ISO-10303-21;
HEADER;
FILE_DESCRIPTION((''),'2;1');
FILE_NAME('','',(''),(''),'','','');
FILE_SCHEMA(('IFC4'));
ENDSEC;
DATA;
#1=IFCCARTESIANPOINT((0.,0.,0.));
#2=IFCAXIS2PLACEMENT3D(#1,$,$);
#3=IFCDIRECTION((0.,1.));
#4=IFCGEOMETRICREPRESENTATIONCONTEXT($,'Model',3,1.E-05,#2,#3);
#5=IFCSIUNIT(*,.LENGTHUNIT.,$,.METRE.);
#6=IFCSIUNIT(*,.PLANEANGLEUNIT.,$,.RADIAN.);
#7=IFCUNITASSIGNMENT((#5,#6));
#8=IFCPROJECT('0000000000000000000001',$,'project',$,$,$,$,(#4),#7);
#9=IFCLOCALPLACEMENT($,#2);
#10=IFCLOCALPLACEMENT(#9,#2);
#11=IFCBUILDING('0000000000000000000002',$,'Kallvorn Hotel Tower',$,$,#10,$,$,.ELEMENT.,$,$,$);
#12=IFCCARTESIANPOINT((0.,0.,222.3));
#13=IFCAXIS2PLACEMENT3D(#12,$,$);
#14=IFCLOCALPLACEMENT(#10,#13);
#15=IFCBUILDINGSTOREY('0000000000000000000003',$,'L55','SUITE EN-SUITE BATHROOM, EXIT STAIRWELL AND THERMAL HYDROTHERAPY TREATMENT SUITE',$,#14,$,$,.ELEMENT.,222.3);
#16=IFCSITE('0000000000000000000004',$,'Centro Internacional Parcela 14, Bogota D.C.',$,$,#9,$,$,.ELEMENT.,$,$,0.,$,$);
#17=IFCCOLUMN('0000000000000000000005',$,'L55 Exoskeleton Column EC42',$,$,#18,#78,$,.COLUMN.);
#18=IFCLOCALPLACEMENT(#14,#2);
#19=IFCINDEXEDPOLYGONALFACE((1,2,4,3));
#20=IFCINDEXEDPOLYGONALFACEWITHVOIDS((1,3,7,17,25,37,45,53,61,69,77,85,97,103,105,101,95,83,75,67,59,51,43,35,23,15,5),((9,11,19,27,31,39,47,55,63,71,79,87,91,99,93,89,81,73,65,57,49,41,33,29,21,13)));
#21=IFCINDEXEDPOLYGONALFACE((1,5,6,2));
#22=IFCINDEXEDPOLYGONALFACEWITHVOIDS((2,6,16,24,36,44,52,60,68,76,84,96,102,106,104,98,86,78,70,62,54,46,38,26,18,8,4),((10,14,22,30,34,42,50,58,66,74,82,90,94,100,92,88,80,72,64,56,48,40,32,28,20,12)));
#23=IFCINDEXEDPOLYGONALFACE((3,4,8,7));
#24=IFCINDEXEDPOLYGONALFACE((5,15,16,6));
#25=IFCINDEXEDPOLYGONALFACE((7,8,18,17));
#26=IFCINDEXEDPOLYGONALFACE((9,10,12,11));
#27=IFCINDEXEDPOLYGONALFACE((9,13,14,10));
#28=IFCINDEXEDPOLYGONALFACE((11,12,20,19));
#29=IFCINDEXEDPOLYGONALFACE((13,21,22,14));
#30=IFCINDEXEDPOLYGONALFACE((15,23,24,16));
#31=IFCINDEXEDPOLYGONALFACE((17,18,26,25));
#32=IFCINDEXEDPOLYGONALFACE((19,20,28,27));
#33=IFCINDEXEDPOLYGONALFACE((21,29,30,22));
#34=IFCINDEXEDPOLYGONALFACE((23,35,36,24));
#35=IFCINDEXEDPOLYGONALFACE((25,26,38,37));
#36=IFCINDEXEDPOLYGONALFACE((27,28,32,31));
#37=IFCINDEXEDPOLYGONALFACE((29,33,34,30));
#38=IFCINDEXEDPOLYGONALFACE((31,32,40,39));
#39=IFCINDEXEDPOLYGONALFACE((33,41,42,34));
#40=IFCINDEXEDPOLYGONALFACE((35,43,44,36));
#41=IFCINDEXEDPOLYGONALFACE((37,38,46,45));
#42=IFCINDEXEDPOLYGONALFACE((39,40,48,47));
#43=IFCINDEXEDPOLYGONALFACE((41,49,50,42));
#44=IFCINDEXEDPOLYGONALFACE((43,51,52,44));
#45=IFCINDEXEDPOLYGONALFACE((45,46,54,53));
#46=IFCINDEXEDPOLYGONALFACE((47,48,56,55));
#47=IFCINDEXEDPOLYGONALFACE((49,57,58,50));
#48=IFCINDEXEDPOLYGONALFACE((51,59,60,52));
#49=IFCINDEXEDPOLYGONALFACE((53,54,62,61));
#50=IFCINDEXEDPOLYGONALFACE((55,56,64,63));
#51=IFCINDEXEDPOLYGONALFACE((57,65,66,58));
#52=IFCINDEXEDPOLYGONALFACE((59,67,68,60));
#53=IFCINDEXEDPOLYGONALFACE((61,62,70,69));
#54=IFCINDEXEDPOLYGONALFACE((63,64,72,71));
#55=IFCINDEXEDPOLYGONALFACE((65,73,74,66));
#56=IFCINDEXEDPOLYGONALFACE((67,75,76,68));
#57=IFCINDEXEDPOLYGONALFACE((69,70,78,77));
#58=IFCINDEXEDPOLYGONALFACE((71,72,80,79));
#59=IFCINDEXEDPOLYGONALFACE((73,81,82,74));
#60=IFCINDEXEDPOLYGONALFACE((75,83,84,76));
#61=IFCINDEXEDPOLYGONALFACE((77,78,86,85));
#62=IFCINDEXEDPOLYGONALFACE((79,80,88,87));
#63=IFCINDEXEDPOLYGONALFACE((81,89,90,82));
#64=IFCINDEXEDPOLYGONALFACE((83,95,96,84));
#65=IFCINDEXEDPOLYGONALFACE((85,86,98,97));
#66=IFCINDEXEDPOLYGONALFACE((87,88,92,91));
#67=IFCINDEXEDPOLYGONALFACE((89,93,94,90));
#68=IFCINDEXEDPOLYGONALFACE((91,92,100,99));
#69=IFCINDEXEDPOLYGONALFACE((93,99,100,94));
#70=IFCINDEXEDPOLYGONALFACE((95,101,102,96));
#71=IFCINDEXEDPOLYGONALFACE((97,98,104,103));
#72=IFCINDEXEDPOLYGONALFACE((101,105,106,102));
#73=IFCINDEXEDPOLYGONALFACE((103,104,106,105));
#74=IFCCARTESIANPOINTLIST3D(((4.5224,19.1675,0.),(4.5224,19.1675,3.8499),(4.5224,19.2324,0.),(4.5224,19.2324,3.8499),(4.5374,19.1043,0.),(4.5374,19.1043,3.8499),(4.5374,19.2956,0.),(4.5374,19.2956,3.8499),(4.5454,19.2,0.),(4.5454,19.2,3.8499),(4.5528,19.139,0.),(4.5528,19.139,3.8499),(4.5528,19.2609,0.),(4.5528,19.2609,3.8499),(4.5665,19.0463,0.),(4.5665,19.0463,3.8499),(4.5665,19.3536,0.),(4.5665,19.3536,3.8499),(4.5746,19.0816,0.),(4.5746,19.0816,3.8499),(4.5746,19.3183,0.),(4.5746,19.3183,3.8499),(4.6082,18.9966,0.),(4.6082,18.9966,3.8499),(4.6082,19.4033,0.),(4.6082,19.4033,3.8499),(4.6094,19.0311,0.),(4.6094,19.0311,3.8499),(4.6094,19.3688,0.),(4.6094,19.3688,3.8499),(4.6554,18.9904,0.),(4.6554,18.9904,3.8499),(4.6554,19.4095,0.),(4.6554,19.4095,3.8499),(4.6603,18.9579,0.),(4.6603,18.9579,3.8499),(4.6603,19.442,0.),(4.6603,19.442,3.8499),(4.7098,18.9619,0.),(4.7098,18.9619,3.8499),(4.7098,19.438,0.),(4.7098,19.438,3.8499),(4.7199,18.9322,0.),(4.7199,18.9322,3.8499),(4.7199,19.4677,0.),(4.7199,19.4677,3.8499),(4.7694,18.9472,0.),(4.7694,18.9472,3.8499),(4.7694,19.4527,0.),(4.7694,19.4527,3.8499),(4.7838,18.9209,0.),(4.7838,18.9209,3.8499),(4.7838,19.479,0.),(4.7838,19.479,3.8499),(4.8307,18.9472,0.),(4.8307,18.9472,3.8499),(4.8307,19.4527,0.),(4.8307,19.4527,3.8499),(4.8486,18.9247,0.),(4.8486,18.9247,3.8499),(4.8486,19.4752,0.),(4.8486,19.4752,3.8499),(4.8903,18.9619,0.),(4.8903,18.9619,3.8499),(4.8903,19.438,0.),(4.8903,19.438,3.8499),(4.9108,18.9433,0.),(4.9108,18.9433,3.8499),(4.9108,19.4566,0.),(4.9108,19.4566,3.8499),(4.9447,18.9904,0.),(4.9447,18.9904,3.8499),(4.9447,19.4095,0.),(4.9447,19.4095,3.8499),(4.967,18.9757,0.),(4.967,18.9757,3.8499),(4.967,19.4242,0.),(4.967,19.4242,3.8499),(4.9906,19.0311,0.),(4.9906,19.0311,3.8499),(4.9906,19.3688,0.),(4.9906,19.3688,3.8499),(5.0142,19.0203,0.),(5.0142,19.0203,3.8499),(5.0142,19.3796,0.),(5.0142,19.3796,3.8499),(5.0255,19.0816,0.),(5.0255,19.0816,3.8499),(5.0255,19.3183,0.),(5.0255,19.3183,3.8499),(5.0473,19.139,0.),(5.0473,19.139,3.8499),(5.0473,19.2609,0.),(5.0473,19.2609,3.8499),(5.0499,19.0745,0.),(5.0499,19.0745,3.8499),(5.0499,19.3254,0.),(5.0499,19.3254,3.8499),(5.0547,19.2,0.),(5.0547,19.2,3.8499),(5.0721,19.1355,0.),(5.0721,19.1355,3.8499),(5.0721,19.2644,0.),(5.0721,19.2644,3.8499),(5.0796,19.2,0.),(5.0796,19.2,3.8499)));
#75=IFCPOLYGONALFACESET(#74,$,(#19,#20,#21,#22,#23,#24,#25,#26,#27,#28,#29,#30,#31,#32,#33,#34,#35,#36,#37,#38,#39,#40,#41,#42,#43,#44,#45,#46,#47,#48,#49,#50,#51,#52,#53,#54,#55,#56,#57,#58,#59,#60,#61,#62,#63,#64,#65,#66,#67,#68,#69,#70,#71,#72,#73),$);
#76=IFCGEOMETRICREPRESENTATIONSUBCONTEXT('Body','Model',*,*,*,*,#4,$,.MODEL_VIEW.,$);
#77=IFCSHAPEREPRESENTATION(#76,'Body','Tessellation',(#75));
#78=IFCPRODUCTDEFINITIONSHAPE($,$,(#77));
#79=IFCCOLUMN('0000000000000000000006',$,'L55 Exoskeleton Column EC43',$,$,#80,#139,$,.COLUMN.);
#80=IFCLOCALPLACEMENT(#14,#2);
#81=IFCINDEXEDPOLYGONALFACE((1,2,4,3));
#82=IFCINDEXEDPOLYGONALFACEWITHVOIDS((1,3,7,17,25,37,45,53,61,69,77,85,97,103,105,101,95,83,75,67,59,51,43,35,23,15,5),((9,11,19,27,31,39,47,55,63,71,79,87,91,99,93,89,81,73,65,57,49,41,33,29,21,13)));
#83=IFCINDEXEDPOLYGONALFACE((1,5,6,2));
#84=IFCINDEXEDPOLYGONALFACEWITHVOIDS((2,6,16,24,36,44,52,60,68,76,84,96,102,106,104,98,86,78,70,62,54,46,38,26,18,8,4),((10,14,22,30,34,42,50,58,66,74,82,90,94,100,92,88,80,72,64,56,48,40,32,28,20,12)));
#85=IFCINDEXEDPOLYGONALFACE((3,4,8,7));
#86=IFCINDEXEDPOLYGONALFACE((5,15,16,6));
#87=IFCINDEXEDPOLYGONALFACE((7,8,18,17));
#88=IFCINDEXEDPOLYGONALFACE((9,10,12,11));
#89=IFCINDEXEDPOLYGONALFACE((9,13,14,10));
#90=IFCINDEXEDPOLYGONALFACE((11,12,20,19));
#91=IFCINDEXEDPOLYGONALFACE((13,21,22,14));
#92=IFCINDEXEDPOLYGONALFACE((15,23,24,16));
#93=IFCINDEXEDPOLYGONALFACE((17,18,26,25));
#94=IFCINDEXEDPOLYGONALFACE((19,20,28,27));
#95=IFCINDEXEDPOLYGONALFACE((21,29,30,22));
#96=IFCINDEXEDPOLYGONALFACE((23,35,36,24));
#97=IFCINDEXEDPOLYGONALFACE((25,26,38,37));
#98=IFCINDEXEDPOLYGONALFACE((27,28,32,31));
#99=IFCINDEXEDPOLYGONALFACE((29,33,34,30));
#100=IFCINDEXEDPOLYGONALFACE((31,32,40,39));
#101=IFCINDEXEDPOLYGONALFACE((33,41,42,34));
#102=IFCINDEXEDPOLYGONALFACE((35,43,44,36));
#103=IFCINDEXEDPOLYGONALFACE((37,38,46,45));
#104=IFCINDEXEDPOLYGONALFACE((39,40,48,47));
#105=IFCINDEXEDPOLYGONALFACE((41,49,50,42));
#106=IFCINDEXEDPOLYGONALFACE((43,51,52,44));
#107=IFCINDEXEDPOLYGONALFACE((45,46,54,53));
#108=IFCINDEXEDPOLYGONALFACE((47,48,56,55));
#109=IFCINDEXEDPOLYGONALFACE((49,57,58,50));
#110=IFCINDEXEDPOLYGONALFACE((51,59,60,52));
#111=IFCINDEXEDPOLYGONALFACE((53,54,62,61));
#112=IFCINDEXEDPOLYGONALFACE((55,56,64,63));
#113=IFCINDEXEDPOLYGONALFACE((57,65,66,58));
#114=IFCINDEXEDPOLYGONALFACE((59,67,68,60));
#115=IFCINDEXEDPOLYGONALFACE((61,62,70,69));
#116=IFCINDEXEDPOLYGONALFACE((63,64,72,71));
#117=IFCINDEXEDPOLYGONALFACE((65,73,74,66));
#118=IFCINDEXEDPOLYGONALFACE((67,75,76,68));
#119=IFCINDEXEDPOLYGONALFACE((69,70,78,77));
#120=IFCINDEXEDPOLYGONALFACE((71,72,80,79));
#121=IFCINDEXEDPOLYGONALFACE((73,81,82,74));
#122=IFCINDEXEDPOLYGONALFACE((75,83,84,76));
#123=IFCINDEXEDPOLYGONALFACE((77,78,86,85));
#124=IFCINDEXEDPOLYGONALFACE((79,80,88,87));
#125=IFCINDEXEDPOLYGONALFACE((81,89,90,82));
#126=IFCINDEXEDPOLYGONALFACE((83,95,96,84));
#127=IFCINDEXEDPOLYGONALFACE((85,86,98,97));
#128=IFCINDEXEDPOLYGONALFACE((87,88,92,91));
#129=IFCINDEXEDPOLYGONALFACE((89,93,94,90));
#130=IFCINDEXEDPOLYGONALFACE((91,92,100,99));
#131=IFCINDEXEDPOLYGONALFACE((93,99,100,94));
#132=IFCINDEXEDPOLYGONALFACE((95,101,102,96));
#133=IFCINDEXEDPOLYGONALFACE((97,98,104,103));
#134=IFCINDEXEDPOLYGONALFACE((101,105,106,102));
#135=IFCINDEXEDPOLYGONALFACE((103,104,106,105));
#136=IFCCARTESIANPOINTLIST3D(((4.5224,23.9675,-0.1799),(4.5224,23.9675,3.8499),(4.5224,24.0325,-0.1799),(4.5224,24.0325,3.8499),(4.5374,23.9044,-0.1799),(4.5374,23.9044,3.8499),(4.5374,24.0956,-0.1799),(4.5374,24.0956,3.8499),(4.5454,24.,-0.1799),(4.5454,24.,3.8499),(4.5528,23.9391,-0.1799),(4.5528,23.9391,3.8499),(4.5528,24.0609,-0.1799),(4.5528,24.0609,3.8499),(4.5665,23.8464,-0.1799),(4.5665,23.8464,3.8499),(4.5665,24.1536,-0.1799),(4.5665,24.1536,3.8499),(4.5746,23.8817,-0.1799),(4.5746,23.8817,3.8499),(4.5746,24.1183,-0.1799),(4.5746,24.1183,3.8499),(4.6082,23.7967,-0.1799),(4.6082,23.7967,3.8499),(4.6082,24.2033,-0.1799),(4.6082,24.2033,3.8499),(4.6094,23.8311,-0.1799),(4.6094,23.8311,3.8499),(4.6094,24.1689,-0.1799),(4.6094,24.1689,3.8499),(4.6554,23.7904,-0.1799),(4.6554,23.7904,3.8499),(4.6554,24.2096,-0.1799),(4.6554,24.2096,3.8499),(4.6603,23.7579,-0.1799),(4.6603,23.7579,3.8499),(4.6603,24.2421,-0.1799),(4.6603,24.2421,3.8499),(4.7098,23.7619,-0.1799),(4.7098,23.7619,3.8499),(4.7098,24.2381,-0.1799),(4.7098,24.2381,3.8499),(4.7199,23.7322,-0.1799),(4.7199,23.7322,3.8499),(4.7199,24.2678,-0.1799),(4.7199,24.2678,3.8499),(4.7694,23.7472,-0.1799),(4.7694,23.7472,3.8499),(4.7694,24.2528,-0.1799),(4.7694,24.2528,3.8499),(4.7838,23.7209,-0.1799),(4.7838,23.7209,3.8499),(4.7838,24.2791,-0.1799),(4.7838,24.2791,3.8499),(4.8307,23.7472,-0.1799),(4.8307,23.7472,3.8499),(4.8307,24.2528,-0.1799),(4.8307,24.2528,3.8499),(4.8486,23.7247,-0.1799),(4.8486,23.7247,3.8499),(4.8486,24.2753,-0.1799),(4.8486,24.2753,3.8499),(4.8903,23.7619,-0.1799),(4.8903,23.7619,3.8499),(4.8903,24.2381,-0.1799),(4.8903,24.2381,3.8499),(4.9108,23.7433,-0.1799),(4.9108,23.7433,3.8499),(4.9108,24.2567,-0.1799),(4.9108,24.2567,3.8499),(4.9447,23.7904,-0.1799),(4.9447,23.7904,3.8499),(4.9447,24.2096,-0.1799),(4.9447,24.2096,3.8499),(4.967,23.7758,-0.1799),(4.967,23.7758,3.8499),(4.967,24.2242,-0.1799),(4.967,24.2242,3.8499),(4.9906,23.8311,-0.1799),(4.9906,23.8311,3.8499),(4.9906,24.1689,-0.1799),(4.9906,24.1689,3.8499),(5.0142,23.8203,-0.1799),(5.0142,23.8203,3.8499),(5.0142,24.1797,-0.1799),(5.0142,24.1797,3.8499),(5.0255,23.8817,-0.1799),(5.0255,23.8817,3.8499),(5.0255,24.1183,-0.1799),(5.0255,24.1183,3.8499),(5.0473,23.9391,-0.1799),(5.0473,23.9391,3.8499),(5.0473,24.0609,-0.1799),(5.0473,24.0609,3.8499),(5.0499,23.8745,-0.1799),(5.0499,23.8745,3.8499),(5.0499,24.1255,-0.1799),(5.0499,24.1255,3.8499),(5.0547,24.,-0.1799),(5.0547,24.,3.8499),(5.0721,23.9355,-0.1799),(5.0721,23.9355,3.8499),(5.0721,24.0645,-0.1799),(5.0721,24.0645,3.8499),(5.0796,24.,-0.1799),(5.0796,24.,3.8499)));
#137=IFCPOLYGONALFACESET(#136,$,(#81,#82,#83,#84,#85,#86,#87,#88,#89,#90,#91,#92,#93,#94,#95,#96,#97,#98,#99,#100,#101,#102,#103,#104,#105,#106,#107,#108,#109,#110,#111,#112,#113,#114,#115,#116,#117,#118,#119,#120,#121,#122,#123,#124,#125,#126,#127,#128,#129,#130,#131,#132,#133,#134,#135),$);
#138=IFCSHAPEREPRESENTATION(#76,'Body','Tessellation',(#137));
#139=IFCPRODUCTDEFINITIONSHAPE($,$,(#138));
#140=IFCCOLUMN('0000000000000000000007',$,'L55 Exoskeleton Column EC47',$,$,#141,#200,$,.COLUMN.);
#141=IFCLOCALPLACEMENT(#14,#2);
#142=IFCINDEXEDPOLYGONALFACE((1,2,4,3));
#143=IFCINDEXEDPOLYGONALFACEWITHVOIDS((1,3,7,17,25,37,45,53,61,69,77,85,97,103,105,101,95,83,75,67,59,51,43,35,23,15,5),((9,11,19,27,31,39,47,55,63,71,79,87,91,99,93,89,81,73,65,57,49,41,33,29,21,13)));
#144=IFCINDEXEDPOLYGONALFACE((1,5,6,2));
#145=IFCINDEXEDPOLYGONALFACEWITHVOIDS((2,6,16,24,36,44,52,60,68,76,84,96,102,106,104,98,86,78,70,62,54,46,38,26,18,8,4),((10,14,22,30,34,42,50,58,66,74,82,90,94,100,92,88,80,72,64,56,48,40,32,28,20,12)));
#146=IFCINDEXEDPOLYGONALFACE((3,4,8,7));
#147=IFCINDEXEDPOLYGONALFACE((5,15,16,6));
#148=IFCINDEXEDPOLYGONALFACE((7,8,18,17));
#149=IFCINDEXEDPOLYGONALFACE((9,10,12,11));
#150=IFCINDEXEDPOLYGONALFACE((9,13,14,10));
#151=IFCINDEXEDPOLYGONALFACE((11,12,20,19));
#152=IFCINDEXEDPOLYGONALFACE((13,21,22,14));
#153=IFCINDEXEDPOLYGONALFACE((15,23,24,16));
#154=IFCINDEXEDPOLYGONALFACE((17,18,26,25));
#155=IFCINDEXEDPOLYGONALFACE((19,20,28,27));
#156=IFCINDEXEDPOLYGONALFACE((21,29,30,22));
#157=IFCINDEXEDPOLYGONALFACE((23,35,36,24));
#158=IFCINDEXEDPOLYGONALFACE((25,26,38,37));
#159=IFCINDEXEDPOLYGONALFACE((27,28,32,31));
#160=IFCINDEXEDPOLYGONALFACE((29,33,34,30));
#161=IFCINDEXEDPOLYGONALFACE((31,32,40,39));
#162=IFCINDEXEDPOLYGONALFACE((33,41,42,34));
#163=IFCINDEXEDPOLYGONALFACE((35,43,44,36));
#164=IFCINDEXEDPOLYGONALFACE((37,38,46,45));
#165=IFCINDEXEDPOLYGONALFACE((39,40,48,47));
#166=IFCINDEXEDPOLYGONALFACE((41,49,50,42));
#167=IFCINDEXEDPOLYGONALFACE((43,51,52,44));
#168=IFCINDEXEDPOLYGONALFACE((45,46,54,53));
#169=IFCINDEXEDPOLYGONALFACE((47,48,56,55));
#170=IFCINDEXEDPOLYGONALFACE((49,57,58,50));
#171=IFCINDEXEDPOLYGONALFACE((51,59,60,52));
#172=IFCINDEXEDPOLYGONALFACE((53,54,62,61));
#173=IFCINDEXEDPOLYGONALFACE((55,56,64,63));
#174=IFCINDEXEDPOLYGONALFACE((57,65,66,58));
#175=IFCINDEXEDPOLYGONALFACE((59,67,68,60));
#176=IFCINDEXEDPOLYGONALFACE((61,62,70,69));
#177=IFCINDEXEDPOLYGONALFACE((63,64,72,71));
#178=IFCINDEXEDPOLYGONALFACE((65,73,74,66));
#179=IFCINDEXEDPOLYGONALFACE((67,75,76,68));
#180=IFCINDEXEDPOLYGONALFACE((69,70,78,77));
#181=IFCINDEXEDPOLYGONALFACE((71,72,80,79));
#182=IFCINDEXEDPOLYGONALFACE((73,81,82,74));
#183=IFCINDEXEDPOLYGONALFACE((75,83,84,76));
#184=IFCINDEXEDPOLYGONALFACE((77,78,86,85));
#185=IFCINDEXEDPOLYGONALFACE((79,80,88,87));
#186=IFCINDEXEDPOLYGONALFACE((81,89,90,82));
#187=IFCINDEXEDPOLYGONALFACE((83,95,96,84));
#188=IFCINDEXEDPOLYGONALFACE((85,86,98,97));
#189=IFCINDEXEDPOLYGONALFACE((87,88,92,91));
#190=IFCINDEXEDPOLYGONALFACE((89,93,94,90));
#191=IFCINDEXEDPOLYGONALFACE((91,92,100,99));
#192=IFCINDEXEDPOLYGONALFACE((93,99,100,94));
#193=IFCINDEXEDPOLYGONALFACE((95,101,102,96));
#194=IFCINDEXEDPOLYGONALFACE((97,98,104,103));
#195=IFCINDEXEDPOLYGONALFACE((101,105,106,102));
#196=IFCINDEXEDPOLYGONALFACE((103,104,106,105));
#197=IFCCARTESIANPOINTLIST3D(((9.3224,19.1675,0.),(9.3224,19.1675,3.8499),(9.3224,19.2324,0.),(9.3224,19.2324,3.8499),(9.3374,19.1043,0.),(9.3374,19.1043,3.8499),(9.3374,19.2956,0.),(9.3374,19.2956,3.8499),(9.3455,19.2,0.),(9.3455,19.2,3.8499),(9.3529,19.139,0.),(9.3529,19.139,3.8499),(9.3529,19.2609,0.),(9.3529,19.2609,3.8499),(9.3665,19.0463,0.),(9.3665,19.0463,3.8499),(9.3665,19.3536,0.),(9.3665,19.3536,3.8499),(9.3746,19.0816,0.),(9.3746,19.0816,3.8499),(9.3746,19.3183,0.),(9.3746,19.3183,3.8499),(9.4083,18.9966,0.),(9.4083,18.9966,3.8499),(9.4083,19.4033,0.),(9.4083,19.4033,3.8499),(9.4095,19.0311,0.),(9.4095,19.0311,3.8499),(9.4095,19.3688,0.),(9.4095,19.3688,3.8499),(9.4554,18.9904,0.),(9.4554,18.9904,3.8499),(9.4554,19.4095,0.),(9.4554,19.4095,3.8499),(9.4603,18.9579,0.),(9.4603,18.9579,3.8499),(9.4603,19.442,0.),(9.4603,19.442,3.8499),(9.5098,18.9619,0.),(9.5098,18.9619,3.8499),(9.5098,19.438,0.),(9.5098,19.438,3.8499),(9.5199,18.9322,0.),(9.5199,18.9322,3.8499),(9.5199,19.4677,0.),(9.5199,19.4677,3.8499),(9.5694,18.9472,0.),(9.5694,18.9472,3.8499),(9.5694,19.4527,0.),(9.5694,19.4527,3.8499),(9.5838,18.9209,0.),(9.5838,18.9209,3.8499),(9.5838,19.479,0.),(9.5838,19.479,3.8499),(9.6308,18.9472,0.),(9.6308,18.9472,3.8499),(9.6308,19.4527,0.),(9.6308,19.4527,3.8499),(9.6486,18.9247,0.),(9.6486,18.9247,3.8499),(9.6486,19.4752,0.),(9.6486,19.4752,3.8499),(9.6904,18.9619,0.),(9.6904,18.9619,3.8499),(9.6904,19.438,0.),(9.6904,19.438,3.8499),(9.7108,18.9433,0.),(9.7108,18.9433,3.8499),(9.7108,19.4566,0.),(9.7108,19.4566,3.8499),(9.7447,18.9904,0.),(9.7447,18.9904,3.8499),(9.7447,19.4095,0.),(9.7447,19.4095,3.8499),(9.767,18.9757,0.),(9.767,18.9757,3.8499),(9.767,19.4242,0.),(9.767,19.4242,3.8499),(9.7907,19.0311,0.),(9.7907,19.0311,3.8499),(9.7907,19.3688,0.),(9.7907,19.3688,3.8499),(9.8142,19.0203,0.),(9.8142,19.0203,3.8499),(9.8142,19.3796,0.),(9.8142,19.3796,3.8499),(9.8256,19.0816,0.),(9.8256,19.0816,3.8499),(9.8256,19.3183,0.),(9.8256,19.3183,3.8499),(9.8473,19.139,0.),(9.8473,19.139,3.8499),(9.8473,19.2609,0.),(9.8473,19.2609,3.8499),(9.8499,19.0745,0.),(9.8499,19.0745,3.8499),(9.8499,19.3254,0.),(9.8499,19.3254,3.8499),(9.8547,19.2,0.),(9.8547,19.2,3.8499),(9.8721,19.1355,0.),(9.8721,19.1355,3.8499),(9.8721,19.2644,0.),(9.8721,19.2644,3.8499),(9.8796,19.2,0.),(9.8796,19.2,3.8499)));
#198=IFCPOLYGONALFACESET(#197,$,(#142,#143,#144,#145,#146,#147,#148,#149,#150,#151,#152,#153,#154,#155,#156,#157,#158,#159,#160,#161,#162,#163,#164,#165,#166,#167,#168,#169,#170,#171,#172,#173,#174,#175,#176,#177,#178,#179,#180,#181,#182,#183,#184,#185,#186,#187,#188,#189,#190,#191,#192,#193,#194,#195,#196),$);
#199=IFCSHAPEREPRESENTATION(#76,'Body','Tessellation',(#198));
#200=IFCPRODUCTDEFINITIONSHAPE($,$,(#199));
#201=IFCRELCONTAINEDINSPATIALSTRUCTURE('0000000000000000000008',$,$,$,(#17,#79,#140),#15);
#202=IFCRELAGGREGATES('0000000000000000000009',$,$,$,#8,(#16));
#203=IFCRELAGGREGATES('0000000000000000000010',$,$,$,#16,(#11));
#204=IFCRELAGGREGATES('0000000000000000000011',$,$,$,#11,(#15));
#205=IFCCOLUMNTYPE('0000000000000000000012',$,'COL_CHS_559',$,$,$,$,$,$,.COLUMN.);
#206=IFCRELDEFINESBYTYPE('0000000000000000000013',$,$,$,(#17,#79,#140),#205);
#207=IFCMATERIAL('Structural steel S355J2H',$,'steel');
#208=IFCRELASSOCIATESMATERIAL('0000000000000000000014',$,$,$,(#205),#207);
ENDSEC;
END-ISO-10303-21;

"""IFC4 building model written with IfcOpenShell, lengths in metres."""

from ifc_helpers import new_model, si_unit, direction, frame, origin, origin_2d, place, context, subcontext, project, spatial, hollow_circle, extrude, material, material_profile, profile_set, type_object, element, save


model = new_model("IFC4")

# Units and contexts
model_context = context("Model", 3, precision=1e-05, world=origin(), true_north=direction((0.0, 1.0)))
body_context = subcontext(model_context, "Body", "Model", "MODEL_VIEW")
ifc_project = project(units=[si_unit("LENGTHUNIT", "METRE"), si_unit("PLANEANGLEUNIT", "RADIAN")], contexts=[model_context])

# Site, building, storey
site_placement = place(None, origin())
site = spatial("IfcSite", under=ifc_project, at=site_placement, Name="Centro Internacional Parcela 14, Bogota D.C.", CompositionType="ELEMENT", RefElevation=0.0)
building_placement = place(site_placement, origin())
building = spatial("IfcBuilding", under=site, at=building_placement, Name="Kallvorn Hotel Tower", CompositionType="ELEMENT")
storey_placement = place(building_placement, frame((0.0, 0.0, 222.3)))
storey = spatial("IfcBuildingStorey", under=building, at=storey_placement, Name="L55", Description="SUITE EN-SUITE BATHROOM, EXIT STAIRWELL AND THERMAL HYDROTHERAPY TREATMENT SUITE", CompositionType="ELEMENT", Elevation=222.3)

# Columns
ifc_material_1 = material(Name="Structural steel S355J2H", Category="steel")
ifc_material_profile_1 = material_profile(ifc_material_1, hollow_circle(Radius=0.2795, WallThickness=0.0249, at=origin_2d()), Name="CHS 559x25")
ifc_profile_set_1 = profile_set([ifc_material_profile_1], Name="Structural steel S355J2H")
column_type_1 = type_object("IfcColumnType", Name="COL_CHS_559", PredefinedType="COLUMN", material=ifc_profile_set_1)
column_1_placement = place(storey_placement, frame((4.8, 19.2, 0.0), z_axis=(0.0, 0.0, 1.0), x_axis=(1.0, 0.0, 0.0)))
element("IfcColumn", 1, at=column_1_placement, inside=storey, type_object=column_type_1, Name="L55 Exoskeleton Column EC42", PredefinedType="COLUMN", context=body_context, shape_type="SweptSolid", body=[
    extrude(hollow_circle(Radius=0.2795, WallThickness=0.0249, at=origin_2d()), origin(), (0.0, 0.0, 1.0), 3.8499),
])
column_2_placement = place(storey_placement, frame((4.8, 24.0, -0.1799), z_axis=(0.0, 0.0, 1.0), x_axis=(1.0, 0.0, 0.0)))
element("IfcColumn", 2, at=column_2_placement, inside=storey, type_object=column_type_1, Name="L55 Exoskeleton Column EC43", PredefinedType="COLUMN", context=body_context, shape_type="SweptSolid", body=[
    extrude(hollow_circle(Radius=0.2795, WallThickness=0.0249, at=origin_2d()), origin(), (0.0, 0.0, 1.0), 4.0298),
])
column_3_placement = place(storey_placement, frame((9.6001, 19.2, 0.0), z_axis=(0.0, 0.0, 1.0), x_axis=(1.0, 0.0, 0.0)))
element("IfcColumn", 3, at=column_3_placement, inside=storey, type_object=column_type_1, Name="L55 Exoskeleton Column EC47", PredefinedType="COLUMN", context=body_context, shape_type="SweptSolid", body=[
    extrude(hollow_circle(Radius=0.2795, WallThickness=0.0249, at=origin_2d()), origin(), (0.0, 0.0, 1.0), 3.8499),
])

save(model, "model.ifc")
